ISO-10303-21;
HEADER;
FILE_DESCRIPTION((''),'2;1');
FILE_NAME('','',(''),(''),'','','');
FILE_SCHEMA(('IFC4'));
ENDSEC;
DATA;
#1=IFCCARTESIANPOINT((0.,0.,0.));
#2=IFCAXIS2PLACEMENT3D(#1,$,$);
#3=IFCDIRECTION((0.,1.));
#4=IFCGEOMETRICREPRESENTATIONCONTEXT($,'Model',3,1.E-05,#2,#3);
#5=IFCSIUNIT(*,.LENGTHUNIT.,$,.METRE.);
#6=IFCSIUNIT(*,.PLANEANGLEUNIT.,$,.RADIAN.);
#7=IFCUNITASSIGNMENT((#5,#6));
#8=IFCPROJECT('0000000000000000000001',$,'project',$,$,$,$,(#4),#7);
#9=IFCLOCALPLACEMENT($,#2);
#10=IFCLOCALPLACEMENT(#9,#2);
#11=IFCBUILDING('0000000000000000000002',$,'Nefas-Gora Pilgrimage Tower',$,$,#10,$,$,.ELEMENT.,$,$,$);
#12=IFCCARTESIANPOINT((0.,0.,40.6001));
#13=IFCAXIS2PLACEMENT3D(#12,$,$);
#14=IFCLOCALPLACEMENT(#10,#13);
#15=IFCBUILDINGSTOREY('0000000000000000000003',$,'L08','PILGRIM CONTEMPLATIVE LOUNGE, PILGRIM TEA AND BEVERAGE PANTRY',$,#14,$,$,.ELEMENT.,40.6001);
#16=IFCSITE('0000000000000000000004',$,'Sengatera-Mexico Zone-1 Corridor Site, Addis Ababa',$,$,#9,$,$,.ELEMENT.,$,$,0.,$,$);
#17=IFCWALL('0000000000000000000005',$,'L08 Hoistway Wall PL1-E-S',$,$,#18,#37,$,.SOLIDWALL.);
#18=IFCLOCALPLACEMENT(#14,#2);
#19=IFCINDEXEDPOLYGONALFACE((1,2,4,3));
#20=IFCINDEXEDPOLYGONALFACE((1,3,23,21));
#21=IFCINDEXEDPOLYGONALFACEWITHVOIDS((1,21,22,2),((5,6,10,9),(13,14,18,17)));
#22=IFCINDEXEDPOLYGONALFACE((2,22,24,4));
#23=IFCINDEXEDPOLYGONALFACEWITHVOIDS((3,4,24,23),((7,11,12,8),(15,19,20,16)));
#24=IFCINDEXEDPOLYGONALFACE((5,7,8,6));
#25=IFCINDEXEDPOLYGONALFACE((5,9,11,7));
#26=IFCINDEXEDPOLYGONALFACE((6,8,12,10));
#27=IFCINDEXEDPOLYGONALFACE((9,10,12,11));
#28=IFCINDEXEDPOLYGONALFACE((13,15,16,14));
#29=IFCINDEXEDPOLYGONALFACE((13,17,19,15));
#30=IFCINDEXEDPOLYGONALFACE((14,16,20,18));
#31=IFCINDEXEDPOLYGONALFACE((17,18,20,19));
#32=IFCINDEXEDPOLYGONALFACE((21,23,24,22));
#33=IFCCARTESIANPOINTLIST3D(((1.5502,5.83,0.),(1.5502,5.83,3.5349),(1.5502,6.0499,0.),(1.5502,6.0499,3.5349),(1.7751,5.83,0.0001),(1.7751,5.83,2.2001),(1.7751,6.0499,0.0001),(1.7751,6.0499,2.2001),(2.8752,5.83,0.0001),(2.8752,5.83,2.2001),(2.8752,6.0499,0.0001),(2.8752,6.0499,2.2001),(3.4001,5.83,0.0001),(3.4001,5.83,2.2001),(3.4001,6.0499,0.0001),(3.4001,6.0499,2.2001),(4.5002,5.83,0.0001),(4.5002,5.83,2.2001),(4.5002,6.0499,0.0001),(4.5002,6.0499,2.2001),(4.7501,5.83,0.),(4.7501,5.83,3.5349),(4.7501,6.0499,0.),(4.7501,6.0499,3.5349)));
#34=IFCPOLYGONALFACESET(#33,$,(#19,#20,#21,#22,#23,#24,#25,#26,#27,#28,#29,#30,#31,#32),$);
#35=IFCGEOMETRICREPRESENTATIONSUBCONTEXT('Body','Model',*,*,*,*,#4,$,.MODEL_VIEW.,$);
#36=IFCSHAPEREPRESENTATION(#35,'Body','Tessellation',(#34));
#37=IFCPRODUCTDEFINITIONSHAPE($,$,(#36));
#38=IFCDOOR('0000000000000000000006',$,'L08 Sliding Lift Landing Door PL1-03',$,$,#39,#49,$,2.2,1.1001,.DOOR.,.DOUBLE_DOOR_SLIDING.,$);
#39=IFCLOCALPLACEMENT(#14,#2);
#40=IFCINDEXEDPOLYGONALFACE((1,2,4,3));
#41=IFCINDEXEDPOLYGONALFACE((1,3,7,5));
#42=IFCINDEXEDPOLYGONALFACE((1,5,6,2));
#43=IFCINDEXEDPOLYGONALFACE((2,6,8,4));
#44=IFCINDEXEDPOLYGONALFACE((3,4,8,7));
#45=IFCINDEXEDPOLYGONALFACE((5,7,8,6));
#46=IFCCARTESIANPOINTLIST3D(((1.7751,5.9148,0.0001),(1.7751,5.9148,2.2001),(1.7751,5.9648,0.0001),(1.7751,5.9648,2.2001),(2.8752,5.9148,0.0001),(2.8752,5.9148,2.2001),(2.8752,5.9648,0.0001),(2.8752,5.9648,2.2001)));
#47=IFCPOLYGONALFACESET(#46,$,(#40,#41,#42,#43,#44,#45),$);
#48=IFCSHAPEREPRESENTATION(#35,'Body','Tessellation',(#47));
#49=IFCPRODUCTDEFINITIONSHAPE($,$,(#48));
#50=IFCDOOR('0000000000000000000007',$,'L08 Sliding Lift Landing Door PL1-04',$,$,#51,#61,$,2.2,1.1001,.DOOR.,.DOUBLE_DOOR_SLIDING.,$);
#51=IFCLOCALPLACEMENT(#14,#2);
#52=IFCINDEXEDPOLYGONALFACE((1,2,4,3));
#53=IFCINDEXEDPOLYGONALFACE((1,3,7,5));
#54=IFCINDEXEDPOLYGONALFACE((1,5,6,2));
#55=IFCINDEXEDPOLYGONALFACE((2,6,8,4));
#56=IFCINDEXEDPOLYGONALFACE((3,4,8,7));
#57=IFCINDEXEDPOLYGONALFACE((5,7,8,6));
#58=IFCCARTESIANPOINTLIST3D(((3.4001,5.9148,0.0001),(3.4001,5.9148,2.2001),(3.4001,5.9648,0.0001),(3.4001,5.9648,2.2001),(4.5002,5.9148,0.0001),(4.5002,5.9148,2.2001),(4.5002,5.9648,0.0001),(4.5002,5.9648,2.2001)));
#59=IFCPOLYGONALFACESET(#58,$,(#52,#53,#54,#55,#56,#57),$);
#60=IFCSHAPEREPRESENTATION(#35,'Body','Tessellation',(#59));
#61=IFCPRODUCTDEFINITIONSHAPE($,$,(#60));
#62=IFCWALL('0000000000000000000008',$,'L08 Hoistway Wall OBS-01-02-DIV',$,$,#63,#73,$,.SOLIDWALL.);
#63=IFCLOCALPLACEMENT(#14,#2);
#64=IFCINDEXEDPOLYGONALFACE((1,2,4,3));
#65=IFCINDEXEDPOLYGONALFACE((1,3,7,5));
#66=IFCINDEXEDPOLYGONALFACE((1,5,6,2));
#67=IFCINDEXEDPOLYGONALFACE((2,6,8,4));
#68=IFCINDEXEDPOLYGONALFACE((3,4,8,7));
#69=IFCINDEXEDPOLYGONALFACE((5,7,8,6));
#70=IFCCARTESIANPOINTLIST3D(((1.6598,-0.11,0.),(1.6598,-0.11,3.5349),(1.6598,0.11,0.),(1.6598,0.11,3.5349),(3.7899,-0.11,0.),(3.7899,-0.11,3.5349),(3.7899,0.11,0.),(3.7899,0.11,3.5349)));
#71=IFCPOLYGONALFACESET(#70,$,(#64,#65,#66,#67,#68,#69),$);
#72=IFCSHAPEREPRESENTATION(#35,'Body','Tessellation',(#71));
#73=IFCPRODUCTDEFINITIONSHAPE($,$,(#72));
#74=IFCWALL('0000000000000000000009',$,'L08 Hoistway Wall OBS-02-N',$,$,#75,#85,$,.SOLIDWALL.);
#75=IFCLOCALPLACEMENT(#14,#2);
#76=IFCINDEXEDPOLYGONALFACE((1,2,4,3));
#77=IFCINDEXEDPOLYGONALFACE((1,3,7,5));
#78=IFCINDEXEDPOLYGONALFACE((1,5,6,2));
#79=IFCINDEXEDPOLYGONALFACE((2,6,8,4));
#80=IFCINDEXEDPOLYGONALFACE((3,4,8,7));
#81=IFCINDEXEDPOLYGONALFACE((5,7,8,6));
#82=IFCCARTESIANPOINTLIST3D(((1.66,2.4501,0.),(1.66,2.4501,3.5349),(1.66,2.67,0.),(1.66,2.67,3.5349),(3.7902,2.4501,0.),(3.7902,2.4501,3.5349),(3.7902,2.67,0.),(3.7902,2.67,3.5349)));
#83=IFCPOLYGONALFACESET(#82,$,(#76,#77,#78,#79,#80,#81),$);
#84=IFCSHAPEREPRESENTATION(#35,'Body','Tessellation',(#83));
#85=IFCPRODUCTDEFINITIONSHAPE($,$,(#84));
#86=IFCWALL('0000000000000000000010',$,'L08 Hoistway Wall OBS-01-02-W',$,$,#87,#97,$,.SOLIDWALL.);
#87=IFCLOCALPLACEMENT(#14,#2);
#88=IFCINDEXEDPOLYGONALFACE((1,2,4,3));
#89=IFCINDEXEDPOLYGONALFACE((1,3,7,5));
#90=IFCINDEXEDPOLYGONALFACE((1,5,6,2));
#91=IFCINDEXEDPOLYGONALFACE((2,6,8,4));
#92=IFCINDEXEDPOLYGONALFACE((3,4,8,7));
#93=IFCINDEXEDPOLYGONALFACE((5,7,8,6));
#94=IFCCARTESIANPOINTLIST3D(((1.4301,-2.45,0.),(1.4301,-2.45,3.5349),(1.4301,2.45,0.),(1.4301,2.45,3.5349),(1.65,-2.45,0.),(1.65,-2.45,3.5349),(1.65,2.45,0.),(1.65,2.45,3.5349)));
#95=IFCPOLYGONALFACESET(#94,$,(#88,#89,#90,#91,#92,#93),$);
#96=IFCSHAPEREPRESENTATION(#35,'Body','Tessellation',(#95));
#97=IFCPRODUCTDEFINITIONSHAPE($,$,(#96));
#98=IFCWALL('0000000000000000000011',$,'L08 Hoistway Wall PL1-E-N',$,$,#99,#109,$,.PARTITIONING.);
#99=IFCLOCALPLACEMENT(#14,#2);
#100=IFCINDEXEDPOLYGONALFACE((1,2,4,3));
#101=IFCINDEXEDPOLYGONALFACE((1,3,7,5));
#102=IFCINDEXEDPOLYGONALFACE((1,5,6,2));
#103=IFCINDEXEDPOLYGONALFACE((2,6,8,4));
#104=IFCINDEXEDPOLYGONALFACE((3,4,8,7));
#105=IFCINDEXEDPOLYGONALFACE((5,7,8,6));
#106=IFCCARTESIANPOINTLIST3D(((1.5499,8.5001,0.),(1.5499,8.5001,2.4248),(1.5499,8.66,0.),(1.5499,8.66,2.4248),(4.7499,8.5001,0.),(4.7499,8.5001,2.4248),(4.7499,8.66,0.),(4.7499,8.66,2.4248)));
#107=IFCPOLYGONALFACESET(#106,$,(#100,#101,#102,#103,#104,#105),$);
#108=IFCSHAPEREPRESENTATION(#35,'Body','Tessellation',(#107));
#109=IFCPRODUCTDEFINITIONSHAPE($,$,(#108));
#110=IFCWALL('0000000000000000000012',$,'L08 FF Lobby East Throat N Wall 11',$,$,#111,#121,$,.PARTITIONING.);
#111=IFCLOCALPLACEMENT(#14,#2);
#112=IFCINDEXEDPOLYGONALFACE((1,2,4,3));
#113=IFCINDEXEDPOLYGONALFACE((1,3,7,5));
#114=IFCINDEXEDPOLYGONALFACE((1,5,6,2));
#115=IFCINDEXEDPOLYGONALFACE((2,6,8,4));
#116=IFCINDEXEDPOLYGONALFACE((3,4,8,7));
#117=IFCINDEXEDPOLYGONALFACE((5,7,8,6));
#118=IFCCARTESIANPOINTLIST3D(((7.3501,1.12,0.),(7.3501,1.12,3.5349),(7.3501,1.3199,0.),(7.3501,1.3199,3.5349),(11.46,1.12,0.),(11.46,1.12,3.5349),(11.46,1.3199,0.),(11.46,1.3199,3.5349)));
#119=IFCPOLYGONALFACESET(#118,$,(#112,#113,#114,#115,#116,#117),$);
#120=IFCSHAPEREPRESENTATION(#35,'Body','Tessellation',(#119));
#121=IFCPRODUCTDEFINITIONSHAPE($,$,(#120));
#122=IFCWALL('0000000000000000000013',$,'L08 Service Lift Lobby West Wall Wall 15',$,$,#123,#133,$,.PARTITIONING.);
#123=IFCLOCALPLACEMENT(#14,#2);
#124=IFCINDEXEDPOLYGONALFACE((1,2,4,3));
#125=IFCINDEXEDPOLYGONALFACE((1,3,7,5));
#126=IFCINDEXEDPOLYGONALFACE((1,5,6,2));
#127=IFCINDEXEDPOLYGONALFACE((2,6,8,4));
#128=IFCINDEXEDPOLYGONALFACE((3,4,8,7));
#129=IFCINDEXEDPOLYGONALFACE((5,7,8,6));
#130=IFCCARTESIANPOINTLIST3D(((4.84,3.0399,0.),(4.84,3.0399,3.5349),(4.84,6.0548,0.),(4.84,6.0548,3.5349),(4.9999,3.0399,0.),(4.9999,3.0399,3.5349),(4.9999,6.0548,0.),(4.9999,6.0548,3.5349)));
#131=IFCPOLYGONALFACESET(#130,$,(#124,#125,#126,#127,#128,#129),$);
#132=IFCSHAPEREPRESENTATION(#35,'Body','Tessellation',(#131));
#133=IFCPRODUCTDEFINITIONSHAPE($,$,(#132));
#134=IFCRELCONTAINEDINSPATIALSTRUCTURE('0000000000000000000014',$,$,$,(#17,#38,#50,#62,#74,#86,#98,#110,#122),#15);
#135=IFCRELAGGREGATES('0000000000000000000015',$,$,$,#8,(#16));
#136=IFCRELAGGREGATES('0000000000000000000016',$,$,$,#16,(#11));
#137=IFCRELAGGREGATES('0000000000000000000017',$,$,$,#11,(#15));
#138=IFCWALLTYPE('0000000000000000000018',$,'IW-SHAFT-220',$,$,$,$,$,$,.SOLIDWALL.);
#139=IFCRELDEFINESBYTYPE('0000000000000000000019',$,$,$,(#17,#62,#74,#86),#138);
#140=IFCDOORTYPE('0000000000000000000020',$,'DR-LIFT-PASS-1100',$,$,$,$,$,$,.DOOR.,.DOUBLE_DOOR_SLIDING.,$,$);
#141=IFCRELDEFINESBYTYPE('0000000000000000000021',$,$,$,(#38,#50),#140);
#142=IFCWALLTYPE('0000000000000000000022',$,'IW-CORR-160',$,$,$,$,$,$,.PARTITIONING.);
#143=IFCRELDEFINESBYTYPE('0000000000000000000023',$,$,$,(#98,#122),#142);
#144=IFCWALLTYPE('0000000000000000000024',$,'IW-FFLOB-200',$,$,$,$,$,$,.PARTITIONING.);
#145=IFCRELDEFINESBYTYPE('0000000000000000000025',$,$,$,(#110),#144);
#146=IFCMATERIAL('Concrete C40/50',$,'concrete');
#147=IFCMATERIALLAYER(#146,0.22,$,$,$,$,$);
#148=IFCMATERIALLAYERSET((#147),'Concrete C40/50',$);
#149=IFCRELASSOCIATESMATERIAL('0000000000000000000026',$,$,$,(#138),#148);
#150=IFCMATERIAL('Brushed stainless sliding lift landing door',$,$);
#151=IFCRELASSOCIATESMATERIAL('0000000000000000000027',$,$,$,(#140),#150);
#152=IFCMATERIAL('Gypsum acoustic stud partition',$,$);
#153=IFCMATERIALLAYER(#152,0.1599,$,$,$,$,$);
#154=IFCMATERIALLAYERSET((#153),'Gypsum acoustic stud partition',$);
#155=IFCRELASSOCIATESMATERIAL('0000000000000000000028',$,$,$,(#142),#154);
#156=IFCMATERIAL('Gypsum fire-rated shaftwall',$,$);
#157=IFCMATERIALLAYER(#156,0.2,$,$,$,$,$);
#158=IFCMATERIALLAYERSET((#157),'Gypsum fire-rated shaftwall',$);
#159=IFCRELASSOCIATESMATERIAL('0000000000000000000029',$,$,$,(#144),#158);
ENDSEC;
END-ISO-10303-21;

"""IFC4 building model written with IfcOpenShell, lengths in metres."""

from ifc_helpers import new_model, si_unit, direction, frame, frame_2d, origin, place, context, subcontext, project, spatial, rectangle, extrude, source, transform, mapped, material, layer, layer_set, type_object, element, fill, save


model = new_model("IFC4")

# Units and contexts
model_context = context("Model", 3, precision=1e-05, world=origin(), true_north=direction((0.0, 1.0)))
body_context = subcontext(model_context, "Body", "Model", "MODEL_VIEW")
ifc_project = project(units=[si_unit("LENGTHUNIT", "METRE"), si_unit("PLANEANGLEUNIT", "RADIAN")], contexts=[model_context])

# Site, building, storey
site_placement = place(None, origin())
site = spatial("IfcSite", under=ifc_project, at=site_placement, Name="Sengatera-Mexico Zone-1 Corridor Site, Addis Ababa", CompositionType="ELEMENT", RefElevation=0.0)
building_placement = place(site_placement, origin())
building = spatial("IfcBuilding", under=site, at=building_placement, Name="Nefas-Gora Pilgrimage Tower", CompositionType="ELEMENT")
storey_placement = place(building_placement, frame((0.0, 0.0, 40.6001)))
storey = spatial("IfcBuildingStorey", under=building, at=storey_placement, Name="L08", Description="PILGRIM CONTEMPLATIVE LOUNGE, PILGRIM TEA AND BEVERAGE PANTRY", CompositionType="ELEMENT", Elevation=40.6001)

# Shared definitions
ifc_material_1 = material(Name="Concrete C40/50", Category="concrete")
ifc_layer_1 = layer(ifc_material_1, 0.22)
ifc_layer_set_1 = layer_set([ifc_layer_1], Name="Concrete C40/50")
wall_type_1 = type_object("IfcWallType", Name="IW-SHAFT-220", PredefinedType="SOLIDWALL", material=ifc_layer_set_1)

# Wall, openings, doors
shared_shape_1 = source(origin(), body_context, "Body", "SweptSolid", [
    extrude(rectangle(XDim=3.2, YDim=0.22, at=frame_2d((1.6001, 0.0))), origin(), (0.0, 0.0, 1.0), 3.5349),
])
wall_1_placement = place(storey_placement, frame((1.55, 5.9399, 0.0), z_axis=(0.0, 0.0, 1.0), x_axis=(1.0, 0.0, 0.0)))
wall_1 = element("IfcWall", 1, at=wall_1_placement, inside=storey, type_object=wall_type_1, Name="L08 Hoistway Wall PL1-E-S", PredefinedType="SOLIDWALL", context=body_context, shape_type="MappedRepresentation", body=[
    mapped(shared_shape_1, transform((0.0, 0.0, 0.0), x_axis=(1.0, 0.0, 0.0), y_axis=(0.0, 1.0, 0.0), z_axis=(0.0, 0.0, 1.0), scale=1.0)),
])
opening_1_placement = place(wall_1_placement, frame((0.2251, 0.0, 0.0)))
opening_1 = element("IfcOpeningElement", 2, at=opening_1_placement, cuts=wall_1, PredefinedType="OPENING", context=body_context, shape_type="SweptSolid", body=[
    extrude(rectangle(XDim=1.1001, YDim=2.2, at=frame_2d((0.55, 1.1001))), frame((0.0, 0.1199, 0.0), z_axis=(0.0, -1.0, 0.0), x_axis=(1.0, 0.0, 0.0)), (0.0, 0.0, 1.0), 0.24),
])
opening_2_placement = place(wall_1_placement, frame((1.8501, 0.0, 0.0)))
opening_2 = element("IfcOpeningElement", 3, at=opening_2_placement, cuts=wall_1, PredefinedType="OPENING", context=body_context, shape_type="SweptSolid", body=[
    extrude(rectangle(XDim=1.1001, YDim=2.2, at=frame_2d((0.55, 1.1001))), frame((0.0, 0.1199, 0.0), z_axis=(0.0, -1.0, 0.0), x_axis=(1.0, 0.0, 0.0)), (0.0, 0.0, 1.0), 0.24),
])
ifc_material_2 = material(Name="Brushed stainless sliding lift landing door")
door_type_1 = type_object("IfcDoorType", Name="DR-LIFT-PASS-1100", OperationType="DOUBLE_DOOR_SLIDING", PredefinedType="DOOR", material=ifc_material_2)
shared_shape_2 = source(origin(), body_context, "Body", "SweptSolid", [
    extrude(rectangle(XDim=1.1001, YDim=2.2, at=frame_2d((0.55, 1.1001))), frame((0.0, 0.0249, 0.0), z_axis=(0.0, -1.0, 0.0), x_axis=(1.0, 0.0, 0.0)), (0.0, 0.0, 1.0), 0.05),
])
door_1_placement = place(opening_1_placement, origin())
door_1 = element("IfcDoor", 4, at=door_1_placement, inside=storey, type_object=door_type_1, Name="L08 Sliding Lift Landing Door PL1-03", OperationType="DOUBLE_DOOR_SLIDING", OverallHeight=2.2, OverallWidth=1.1001, PredefinedType="DOOR", context=body_context, shape_type="MappedRepresentation", body=[
    mapped(shared_shape_2, transform((0.0, 0.0, 0.0), x_axis=(1.0, 0.0, 0.0), y_axis=(0.0, 1.0, 0.0), z_axis=(0.0, 0.0, 1.0), scale=1.0)),
])
fill(opening_1, door_1)
door_2_placement = place(opening_2_placement, origin())
door_2 = element("IfcDoor", 5, at=door_2_placement, inside=storey, type_object=door_type_1, Name="L08 Sliding Lift Landing Door PL1-04", OperationType="DOUBLE_DOOR_SLIDING", OverallHeight=2.2, OverallWidth=1.1001, PredefinedType="DOOR", context=body_context, shape_type="MappedRepresentation", body=[
    mapped(shared_shape_2, transform((0.0, 0.0, 0.0), x_axis=(1.0, 0.0, 0.0), y_axis=(0.0, 1.0, 0.0), z_axis=(0.0, 0.0, 1.0), scale=1.0)),
])
fill(opening_2, door_2)

# Walls
shared_shape_3 = source(origin(), body_context, "Body", "SweptSolid", [
    extrude(rectangle(XDim=2.1301, YDim=0.22, at=frame_2d((1.0649, 0.0))), origin(), (0.0, 0.0, 1.0), 3.5349),
])
for number, where, z_axis, x_axis, name in (
    (6, (1.6599, 0.0, 0.0), (0.0, 0.0, 1.0), (1.0, 0.0, 0.0), "L08 Hoistway Wall OBS-01-02-DIV"),
    (7, (3.79, 2.5601, 0.0), (0.0, 0.0, 1.0), (-1.0, 0.0, 0.0), "L08 Hoistway Wall OBS-02-N"),
):
    element("IfcWall", number, at=place(storey_placement, frame(where, z_axis=z_axis, x_axis=x_axis)), inside=storey, type_object=wall_type_1, Name=name, PredefinedType="SOLIDWALL", context=body_context, shape_type="MappedRepresentation", body=[
        mapped(shared_shape_3, transform((0.0, 0.0, 0.0), x_axis=(1.0, 0.0, 0.0), y_axis=(0.0, 1.0, 0.0), z_axis=(0.0, 0.0, 1.0), scale=1.0)),
    ])
shared_shape_4 = source(origin(), body_context, "Body", "SweptSolid", [
    extrude(rectangle(XDim=4.8999, YDim=0.22, at=frame_2d((2.45, 0.0))), origin(), (0.0, 0.0, 1.0), 3.5349),
])
wall_2_placement = place(storey_placement, frame((1.54, 2.45, 0.0), z_axis=(0.0, 0.0, 1.0), x_axis=(0.0, -1.0, 0.0)))
element("IfcWall", 8, at=wall_2_placement, inside=storey, type_object=wall_type_1, Name="L08 Hoistway Wall OBS-01-02-W", PredefinedType="SOLIDWALL", context=body_context, shape_type="MappedRepresentation", body=[
    mapped(shared_shape_4, transform((0.0, 0.0, 0.0), x_axis=(1.0, 0.0, 0.0), y_axis=(0.0, 1.0, 0.0), z_axis=(0.0, 0.0, 1.0), scale=1.0)),
])
ifc_material_3 = material(Name="Gypsum acoustic stud partition")
ifc_layer_2 = layer(ifc_material_3, 0.1599)
ifc_layer_set_2 = layer_set([ifc_layer_2], Name="Gypsum acoustic stud partition")
wall_type_2 = type_object("IfcWallType", Name="IW-CORR-160", PredefinedType="PARTITIONING", material=ifc_layer_set_2)
shared_shape_5 = source(origin(), body_context, "Body", "SweptSolid", [
    extrude(rectangle(XDim=3.2, YDim=0.1599, at=frame_2d((1.6001, 0.0))), origin(), (0.0, 0.0, 1.0), 2.4248),
])
wall_3_placement = place(storey_placement, frame((4.75, 8.5801, 0.0), z_axis=(0.0, 0.0, 1.0), x_axis=(-1.0, 0.0, 0.0)))
element("IfcWall", 9, at=wall_3_placement, inside=storey, type_object=wall_type_2, Name="L08 Hoistway Wall PL1-E-N", PredefinedType="PARTITIONING", context=body_context, shape_type="MappedRepresentation", body=[
    mapped(shared_shape_5, transform((0.0, 0.0, 0.0), x_axis=(1.0, 0.0, 0.0), y_axis=(0.0, 1.0, 0.0), z_axis=(0.0, 0.0, 1.0), scale=1.0)),
])

# Shared definitions
ifc_material_4 = material(Name="Gypsum fire-rated shaftwall")
ifc_layer_3 = layer(ifc_material_4, 0.2)
ifc_layer_set_3 = layer_set([ifc_layer_3], Name="Gypsum fire-rated shaftwall")
wall_type_3 = type_object("IfcWallType", Name="IW-FFLOB-200", PredefinedType="PARTITIONING", material=ifc_layer_set_3)

# Walls
shared_shape_6 = source(origin(), body_context, "Body", "SweptSolid", [
    extrude(rectangle(XDim=4.1099, YDim=0.2, at=frame_2d((2.0549, 0.0))), origin(), (0.0, 0.0, 1.0), 3.5349),
])
wall_4_placement = place(storey_placement, frame((7.3501, 1.22, 0.0), z_axis=(0.0, 0.0, 1.0), x_axis=(1.0, 0.0, 0.0)))
element("IfcWall", 10, at=wall_4_placement, inside=storey, type_object=wall_type_3, Name="L08 FF Lobby East Throat N Wall 11", PredefinedType="PARTITIONING", context=body_context, shape_type="MappedRepresentation", body=[
    mapped(shared_shape_6, transform((0.0, 0.0, 0.0), x_axis=(1.0, 0.0, 0.0), y_axis=(0.0, 1.0, 0.0), z_axis=(0.0, 0.0, 1.0), scale=1.0)),
])
shared_shape_7 = source(origin(), body_context, "Body", "SweptSolid", [
    extrude(rectangle(XDim=3.0149, YDim=0.1599, at=frame_2d((1.5073, 0.0))), origin(), (0.0, 0.0, 1.0), 3.5349),
])
wall_5_placement = place(storey_placement, frame((4.9199, 3.04, 0.0), z_axis=(0.0, 0.0, 1.0), x_axis=(0.0, 1.0, 0.0)))
element("IfcWall", 11, at=wall_5_placement, inside=storey, type_object=wall_type_2, Name="L08 Service Lift Lobby West Wall Wall 15", PredefinedType="PARTITIONING", context=body_context, shape_type="MappedRepresentation", body=[
    mapped(shared_shape_7, transform((0.0, 0.0, 0.0), x_axis=(1.0, 0.0, 0.0), y_axis=(0.0, 1.0, 0.0), z_axis=(0.0, 0.0, 1.0), scale=1.0)),
])

save(model, "model.ifc")
